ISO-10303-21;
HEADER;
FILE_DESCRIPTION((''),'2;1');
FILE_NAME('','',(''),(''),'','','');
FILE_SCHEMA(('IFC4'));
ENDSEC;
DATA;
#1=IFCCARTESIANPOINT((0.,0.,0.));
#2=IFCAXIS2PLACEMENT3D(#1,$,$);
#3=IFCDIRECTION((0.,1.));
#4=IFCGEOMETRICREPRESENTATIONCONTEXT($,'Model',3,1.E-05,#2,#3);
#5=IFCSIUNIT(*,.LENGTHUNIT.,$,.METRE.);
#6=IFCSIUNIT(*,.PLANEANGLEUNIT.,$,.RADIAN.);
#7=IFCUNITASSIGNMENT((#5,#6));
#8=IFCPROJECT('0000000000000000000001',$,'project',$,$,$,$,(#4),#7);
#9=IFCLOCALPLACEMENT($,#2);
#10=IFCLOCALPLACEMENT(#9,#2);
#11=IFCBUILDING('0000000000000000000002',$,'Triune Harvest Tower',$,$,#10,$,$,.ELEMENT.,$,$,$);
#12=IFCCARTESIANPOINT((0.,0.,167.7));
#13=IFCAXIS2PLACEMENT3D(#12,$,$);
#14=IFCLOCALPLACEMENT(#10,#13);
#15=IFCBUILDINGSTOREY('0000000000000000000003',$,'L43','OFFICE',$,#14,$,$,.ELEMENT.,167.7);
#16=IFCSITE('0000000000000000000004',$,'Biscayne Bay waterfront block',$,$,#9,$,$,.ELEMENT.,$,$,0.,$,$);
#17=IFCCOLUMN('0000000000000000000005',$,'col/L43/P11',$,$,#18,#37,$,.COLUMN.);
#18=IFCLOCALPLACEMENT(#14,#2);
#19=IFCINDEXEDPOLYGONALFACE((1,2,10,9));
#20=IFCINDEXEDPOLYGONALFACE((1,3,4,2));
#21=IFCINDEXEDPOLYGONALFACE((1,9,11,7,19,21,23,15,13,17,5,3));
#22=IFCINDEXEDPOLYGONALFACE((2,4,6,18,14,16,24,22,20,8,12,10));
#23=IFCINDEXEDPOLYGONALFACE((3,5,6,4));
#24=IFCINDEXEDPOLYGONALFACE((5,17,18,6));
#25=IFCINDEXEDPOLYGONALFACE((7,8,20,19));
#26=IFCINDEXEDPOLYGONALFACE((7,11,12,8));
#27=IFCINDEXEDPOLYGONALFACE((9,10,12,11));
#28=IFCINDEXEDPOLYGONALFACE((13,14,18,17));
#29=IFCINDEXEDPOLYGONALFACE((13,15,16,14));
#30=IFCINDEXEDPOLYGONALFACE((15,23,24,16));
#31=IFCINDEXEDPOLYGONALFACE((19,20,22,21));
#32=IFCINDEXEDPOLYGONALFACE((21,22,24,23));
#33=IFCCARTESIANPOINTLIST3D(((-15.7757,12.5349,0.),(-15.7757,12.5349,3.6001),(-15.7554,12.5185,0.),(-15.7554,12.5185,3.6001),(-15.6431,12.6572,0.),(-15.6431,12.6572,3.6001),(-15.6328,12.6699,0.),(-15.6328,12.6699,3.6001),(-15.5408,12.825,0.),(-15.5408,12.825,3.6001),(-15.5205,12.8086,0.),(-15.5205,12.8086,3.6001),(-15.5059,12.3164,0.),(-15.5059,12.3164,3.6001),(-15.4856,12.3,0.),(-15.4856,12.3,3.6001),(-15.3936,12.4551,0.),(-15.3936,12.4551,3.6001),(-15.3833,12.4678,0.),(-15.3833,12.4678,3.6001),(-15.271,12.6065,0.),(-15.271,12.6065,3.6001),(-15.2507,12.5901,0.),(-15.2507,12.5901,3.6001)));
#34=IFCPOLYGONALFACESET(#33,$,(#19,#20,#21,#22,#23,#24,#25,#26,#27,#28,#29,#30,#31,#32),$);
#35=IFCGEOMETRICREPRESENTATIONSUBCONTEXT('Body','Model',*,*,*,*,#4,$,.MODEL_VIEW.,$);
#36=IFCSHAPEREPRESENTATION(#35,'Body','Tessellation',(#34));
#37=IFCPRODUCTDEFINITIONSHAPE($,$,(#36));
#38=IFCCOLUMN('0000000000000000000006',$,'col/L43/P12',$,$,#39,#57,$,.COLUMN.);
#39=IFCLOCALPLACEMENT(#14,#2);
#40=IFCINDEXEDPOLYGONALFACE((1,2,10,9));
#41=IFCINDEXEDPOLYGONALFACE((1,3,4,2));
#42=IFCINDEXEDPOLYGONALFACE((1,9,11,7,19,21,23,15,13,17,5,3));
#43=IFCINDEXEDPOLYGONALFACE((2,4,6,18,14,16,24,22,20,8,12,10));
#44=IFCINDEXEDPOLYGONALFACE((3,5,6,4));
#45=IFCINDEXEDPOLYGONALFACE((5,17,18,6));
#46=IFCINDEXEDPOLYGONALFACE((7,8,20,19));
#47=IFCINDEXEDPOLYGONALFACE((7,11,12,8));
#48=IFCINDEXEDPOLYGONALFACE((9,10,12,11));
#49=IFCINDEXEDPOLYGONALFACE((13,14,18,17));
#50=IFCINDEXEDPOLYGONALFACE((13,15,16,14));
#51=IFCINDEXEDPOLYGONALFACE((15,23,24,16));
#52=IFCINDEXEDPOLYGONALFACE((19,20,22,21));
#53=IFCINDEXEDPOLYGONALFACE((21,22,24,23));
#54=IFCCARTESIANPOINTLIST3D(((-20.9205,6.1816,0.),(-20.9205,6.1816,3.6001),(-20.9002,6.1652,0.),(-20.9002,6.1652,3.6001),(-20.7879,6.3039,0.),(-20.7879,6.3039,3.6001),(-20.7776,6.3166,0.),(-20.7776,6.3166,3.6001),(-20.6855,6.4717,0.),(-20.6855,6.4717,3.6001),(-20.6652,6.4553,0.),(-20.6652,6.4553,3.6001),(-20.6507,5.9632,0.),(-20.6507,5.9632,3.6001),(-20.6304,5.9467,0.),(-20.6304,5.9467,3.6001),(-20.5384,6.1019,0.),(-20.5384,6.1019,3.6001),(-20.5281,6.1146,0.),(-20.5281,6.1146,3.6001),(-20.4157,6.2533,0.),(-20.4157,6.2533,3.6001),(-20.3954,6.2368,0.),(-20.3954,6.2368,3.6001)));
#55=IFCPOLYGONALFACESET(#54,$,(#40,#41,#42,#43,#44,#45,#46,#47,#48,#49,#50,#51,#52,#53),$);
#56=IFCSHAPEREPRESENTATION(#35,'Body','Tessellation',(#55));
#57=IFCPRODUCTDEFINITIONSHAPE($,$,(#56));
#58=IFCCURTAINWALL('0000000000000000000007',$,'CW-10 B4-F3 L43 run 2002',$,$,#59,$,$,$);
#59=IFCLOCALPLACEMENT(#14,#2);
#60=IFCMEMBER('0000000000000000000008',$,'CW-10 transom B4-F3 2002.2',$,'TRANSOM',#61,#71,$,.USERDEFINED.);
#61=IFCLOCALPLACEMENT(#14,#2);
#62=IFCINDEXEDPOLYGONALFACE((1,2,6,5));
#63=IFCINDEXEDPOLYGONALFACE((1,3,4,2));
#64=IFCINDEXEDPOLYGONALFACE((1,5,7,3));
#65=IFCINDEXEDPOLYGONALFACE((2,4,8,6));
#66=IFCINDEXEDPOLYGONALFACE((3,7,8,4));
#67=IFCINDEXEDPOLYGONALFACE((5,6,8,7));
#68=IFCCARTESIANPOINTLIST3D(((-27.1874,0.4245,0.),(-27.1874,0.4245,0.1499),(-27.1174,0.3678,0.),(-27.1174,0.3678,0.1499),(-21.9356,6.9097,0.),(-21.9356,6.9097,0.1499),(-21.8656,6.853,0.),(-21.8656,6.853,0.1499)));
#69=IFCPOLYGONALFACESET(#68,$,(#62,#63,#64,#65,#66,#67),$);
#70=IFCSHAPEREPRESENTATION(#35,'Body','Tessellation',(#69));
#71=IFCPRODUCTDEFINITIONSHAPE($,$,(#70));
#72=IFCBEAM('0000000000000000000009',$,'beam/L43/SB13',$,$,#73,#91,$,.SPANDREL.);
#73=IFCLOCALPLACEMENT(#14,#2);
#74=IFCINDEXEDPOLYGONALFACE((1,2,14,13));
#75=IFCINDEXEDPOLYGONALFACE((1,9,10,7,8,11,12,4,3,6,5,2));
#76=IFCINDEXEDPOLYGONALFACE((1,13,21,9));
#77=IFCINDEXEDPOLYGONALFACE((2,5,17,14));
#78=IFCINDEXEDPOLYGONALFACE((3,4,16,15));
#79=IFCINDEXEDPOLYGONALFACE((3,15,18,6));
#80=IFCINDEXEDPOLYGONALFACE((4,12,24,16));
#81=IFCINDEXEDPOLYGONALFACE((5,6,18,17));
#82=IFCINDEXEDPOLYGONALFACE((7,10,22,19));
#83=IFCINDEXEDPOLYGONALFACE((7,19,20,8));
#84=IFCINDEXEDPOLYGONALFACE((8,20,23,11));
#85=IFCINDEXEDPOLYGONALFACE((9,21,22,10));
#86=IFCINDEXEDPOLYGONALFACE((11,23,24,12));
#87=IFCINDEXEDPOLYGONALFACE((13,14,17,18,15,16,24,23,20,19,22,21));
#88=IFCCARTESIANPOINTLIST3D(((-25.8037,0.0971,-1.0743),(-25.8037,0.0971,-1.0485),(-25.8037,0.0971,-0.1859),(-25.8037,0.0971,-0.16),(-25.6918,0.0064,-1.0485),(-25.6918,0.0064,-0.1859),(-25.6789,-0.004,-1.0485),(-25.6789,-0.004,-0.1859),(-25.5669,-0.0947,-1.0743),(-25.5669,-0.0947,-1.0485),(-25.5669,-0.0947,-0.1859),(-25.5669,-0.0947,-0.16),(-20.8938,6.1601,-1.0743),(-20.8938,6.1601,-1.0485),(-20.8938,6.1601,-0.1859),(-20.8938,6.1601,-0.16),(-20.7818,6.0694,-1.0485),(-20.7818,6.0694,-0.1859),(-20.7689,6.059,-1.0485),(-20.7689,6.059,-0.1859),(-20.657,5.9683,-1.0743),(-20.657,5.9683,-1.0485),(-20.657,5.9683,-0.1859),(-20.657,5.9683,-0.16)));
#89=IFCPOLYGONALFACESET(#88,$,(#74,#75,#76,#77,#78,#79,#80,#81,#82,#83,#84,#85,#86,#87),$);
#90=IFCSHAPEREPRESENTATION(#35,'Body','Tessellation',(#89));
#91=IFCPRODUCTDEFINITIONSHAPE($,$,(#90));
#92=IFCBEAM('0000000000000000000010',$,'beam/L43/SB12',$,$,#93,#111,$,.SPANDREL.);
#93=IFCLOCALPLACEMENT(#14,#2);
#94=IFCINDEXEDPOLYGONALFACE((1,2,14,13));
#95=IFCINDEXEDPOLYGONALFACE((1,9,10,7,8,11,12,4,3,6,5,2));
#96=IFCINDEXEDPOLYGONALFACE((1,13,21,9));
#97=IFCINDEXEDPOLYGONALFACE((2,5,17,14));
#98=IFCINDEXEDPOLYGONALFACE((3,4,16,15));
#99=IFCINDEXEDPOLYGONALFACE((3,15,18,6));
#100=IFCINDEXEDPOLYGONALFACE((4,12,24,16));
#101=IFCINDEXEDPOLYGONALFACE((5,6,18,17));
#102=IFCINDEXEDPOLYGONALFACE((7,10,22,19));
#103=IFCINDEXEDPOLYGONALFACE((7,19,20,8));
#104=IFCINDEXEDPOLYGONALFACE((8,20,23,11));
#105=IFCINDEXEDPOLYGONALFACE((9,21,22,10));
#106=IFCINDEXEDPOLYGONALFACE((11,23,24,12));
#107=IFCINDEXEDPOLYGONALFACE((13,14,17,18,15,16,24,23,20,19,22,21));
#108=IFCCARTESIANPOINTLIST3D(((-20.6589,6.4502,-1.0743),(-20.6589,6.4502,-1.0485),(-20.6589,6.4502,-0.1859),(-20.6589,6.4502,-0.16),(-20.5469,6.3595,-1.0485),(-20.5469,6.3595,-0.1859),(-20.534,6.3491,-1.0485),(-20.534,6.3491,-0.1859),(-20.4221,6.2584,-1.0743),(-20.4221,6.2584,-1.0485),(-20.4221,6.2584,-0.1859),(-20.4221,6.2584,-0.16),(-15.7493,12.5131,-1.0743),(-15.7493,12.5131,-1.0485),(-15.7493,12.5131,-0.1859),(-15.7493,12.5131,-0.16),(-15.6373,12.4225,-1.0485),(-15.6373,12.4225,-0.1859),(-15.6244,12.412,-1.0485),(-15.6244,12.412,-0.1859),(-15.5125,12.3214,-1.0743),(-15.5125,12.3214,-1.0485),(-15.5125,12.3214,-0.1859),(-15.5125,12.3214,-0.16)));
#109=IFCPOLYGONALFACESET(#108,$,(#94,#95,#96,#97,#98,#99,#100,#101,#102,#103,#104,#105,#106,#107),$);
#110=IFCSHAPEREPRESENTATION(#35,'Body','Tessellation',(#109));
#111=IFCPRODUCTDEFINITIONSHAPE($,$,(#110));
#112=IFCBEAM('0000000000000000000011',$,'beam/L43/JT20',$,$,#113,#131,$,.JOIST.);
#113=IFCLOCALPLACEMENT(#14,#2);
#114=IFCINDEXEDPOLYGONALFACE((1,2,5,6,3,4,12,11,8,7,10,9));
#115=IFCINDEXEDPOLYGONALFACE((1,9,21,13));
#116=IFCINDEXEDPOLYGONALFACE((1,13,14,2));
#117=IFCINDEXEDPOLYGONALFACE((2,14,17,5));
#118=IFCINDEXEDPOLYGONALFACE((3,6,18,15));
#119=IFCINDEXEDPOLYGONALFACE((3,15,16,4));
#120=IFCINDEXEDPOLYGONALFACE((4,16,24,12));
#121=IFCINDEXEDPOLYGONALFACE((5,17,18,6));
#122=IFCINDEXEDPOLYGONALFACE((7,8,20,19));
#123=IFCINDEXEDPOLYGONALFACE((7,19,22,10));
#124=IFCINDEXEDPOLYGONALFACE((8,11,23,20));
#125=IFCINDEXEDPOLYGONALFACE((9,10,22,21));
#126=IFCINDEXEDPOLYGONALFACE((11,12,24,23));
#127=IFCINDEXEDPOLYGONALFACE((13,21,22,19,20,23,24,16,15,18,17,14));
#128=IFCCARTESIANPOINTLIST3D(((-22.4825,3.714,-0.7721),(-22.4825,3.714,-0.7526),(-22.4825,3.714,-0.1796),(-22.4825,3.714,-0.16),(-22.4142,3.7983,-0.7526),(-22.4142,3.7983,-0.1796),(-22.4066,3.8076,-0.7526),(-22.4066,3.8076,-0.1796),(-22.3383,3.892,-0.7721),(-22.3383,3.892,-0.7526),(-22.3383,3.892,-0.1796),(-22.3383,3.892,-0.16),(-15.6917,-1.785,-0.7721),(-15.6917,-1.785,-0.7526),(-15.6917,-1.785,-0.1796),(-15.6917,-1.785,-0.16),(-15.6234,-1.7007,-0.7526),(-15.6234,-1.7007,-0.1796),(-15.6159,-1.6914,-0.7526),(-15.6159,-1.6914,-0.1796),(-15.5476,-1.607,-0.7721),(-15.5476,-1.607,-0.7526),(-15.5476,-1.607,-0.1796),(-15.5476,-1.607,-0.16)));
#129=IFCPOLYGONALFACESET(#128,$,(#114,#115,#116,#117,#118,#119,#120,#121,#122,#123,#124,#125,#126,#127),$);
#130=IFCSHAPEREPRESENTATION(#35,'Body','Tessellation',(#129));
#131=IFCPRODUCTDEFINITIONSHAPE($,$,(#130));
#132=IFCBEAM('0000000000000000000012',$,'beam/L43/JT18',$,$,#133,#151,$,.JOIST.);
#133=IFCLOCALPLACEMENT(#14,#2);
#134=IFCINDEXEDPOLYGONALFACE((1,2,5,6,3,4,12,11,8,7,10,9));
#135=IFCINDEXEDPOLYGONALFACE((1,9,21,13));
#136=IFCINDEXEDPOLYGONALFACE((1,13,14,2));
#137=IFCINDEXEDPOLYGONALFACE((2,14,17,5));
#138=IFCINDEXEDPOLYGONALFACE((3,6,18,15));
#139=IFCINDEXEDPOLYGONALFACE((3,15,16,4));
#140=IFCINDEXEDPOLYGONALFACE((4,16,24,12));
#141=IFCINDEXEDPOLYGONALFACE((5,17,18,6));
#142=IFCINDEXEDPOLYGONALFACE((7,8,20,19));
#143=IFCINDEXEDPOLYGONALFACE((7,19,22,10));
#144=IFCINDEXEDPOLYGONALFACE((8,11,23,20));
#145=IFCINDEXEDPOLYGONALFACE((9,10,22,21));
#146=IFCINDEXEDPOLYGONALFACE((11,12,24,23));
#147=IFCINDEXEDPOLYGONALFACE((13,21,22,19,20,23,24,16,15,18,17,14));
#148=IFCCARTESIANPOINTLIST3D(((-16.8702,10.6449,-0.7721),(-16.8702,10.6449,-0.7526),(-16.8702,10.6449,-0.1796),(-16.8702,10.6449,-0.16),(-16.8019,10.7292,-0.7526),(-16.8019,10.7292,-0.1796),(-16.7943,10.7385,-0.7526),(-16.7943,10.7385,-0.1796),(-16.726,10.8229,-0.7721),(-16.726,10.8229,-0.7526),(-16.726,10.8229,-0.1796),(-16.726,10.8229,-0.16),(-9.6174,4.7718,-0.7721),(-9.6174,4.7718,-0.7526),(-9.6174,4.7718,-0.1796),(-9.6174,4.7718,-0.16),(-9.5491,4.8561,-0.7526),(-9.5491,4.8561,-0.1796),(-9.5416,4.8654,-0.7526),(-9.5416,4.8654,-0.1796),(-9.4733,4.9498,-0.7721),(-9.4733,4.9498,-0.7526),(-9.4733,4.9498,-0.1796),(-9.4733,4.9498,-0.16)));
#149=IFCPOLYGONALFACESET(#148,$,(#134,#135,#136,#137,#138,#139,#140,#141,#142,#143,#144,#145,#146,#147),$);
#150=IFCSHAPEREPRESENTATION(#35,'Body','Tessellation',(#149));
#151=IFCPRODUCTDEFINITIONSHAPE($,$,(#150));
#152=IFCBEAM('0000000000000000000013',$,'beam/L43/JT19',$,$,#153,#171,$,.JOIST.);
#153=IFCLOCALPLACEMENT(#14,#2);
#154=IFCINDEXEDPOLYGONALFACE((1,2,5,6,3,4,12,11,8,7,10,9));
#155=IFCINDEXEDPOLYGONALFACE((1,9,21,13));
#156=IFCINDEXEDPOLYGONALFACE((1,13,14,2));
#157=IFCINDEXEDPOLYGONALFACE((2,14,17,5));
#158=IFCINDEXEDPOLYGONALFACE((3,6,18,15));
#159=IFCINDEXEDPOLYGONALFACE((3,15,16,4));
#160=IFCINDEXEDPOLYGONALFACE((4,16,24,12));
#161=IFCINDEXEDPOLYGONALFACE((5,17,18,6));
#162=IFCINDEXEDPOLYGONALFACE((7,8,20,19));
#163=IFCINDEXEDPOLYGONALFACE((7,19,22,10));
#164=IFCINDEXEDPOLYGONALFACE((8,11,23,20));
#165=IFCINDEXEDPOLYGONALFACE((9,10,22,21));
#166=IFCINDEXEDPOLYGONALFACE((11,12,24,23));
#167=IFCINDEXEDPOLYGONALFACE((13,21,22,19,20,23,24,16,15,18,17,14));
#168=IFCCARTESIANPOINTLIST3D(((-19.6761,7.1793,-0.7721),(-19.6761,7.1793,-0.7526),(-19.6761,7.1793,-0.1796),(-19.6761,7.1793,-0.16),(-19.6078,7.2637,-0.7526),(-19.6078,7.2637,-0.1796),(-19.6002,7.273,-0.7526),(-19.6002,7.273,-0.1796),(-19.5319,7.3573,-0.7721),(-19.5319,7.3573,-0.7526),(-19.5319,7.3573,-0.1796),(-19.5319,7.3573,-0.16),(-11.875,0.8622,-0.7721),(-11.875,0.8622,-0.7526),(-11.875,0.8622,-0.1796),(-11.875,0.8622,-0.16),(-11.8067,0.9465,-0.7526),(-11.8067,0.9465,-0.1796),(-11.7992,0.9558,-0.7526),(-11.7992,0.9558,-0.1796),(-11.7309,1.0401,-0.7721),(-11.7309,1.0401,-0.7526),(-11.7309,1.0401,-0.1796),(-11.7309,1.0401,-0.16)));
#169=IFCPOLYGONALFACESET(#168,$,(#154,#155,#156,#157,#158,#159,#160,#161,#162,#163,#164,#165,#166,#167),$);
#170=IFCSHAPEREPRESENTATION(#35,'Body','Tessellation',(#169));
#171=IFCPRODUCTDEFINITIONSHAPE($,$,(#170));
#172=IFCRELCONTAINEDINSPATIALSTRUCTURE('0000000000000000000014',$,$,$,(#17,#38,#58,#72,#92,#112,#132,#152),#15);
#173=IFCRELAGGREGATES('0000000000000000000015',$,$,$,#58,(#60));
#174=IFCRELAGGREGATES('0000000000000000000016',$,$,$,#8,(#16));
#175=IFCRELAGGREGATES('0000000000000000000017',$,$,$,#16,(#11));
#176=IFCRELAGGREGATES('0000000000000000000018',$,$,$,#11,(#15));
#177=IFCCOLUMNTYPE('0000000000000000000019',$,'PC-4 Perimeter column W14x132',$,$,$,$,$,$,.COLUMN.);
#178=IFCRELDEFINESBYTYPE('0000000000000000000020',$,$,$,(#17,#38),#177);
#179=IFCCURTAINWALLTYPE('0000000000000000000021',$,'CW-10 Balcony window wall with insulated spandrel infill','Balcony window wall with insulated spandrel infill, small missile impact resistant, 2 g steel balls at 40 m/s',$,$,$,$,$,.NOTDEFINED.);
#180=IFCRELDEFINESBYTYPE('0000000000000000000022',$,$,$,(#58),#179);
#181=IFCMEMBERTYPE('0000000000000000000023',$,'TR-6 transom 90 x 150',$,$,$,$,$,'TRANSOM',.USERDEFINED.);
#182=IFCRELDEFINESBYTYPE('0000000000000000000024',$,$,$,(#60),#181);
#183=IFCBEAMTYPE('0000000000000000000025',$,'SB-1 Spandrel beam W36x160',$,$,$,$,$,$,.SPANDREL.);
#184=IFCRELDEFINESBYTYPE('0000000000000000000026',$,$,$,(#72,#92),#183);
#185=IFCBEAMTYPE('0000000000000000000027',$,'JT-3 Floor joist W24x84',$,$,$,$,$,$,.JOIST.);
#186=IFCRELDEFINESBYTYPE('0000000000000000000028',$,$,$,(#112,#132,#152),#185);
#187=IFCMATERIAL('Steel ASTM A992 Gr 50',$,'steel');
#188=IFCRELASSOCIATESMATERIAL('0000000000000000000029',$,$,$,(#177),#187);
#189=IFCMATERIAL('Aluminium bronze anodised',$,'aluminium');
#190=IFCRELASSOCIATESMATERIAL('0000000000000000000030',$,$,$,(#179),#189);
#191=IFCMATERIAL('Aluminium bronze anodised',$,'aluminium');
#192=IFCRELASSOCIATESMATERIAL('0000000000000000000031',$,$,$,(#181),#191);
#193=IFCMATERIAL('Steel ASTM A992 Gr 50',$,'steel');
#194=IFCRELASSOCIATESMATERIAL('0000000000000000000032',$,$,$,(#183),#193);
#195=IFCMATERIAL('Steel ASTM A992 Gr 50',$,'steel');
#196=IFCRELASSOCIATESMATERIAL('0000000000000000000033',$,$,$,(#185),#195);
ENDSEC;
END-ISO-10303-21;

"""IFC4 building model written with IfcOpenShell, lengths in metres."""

from ifc_helpers import new_model, si_unit, direction, frame, origin, origin_2d, place, context, subcontext, project, spatial, rectangle, i_section, extrude, source, transform, mapped, material, material_profile, profile_set, type_object, element, aggregate, save


model = new_model("IFC4")

# Units and contexts
model_context = context("Model", 3, precision=1e-05, world=origin(), true_north=direction((0.0, 1.0)))
body_context = subcontext(model_context, "Body", "Model", "MODEL_VIEW")
ifc_project = project(units=[si_unit("LENGTHUNIT", "METRE"), si_unit("PLANEANGLEUNIT", "RADIAN")], contexts=[model_context])

# Site, building, storey
site_placement = place(None, origin())
site = spatial("IfcSite", under=ifc_project, at=site_placement, Name="Biscayne Bay waterfront block", CompositionType="ELEMENT", RefElevation=0.0)
building_placement = place(site_placement, origin())
building = spatial("IfcBuilding", under=site, at=building_placement, Name="Triune Harvest Tower", CompositionType="ELEMENT")
storey_placement = place(building_placement, frame((0.0, 0.0, 167.7)))
storey = spatial("IfcBuildingStorey", under=building, at=storey_placement, Name="L43", Description="OFFICE", CompositionType="ELEMENT", Elevation=167.7)

# Columns
ifc_material_1 = material(Name="Steel ASTM A992 Gr 50", Category="steel")
ifc_material_profile_1 = material_profile(ifc_material_1, i_section(OverallWidth=0.3733, OverallDepth=0.3733, WebThickness=0.0164, FlangeThickness=0.0261, at=origin_2d()), Name="W14x132")
ifc_profile_set_1 = profile_set([ifc_material_profile_1], Name="Steel ASTM A992 Gr 50")
column_type = type_object("IfcColumnType", Name="PC-4 Perimeter column W14x132", PredefinedType="COLUMN", material=ifc_profile_set_1)
shared_shape_1 = source(origin(), body_context, "Body", "SweptSolid", [
    extrude(i_section(OverallWidth=0.3733, OverallDepth=0.3733, WebThickness=0.0164, FlangeThickness=0.0261, at=origin_2d()), origin(), (0.0, 0.0, 1.0), 3.6001),
])
for number, where, z_axis, x_axis, name in (
    (1, (-15.5132, 12.5625, 0.0), (0.0, 0.0, 1.0), (-0.629322, -0.777145, 0.0), "col/L43/P11"),
    (2, (-20.658, 6.2092, 0.0), (0.0, 0.0, 1.0), (-0.629322, -0.777145, 0.0), "col/L43/P12"),
):
    element("IfcColumn", number, at=place(storey_placement, frame(where, z_axis=z_axis, x_axis=x_axis)), inside=storey, type_object=column_type, Name=name, PredefinedType="COLUMN", context=body_context, shape_type="MappedRepresentation", body=[
        mapped(shared_shape_1, transform((0.0, 0.0, 0.0), scale=1.0)),
    ])

# Curtain wall, member
ifc_material_2 = material(Name="Aluminium bronze anodised", Category="aluminium")
curtain_wall_type = type_object("IfcCurtainWallType", Name="CW-10 Balcony window wall with insulated spandrel infill", Description="Balcony window wall with insulated spandrel infill, small missile impact resistant, 2 g steel balls at 40 m/s", PredefinedType="NOTDEFINED", material=ifc_material_2)
curtain_wall_placement = place(storey_placement, origin())
curtain_wall = element("IfcCurtainWall", 3, at=curtain_wall_placement, inside=storey, type_object=curtain_wall_type, Name="CW-10 B4-F3 L43 run 2002")
ifc_material_3 = material(Name="Aluminium bronze anodised", Category="aluminium")
ifc_material_profile_2 = material_profile(ifc_material_3, rectangle(XDim=0.0901, YDim=0.1499, at=origin_2d()), Name="TR-6 transom 90 x 150")
ifc_profile_set_2 = profile_set([ifc_material_profile_2], Name="Aluminium bronze anodised")
member_type_1 = type_object("IfcMemberType", Name="TR-6 transom 90 x 150", ElementType="TRANSOM", PredefinedType="USERDEFINED", material=ifc_profile_set_2)
member_1_placement = place(storey_placement, frame((-21.9006, 6.8813, 0.075), z_axis=(-0.629333, -0.777136, 0.0), x_axis=(0.777136, -0.629333, 0.0)))
member_1 = element("IfcMember", 4, at=member_1_placement, type_object=member_type_1, Name="CW-10 transom B4-F3 2002.2", ObjectType="TRANSOM", PredefinedType="USERDEFINED", context=body_context, shape_type="SweptSolid", body=[
    extrude(rectangle(XDim=0.0901, YDim=0.1499, at=origin_2d()), origin(), (0.0, 0.0, 1.0), 8.345),
])

# Beams
ifc_material_4 = material(Name="Steel ASTM A992 Gr 50", Category="steel")
ifc_material_profile_3 = material_profile(ifc_material_4, i_section(OverallWidth=0.3047, OverallDepth=0.9143, WebThickness=0.0166, FlangeThickness=0.0259, at=origin_2d()), Name="W36x160")
ifc_profile_set_3 = profile_set([ifc_material_profile_3], Name="Steel ASTM A992 Gr 50")
beam_type_1 = type_object("IfcBeamType", Name="SB-1 Spandrel beam W36x160", PredefinedType="SPANDREL", material=ifc_profile_set_3)
shared_shape_2 = source(origin(), body_context, "Body", "SweptSolid", [
    extrude(i_section(OverallWidth=0.3047, OverallDepth=0.9143, WebThickness=0.0166, FlangeThickness=0.0259, at=origin_2d()), origin(), (0.0, 0.0, 1.0), 7.8018),
])
beam_1_placement = place(storey_placement, frame((-20.7754, 6.0642, -0.6172), z_axis=(-0.629336, -0.777133, 0.0), x_axis=(0.777133, -0.629336, 0.0)))
element("IfcBeam", 5, at=beam_1_placement, inside=storey, type_object=beam_type_1, Name="beam/L43/SB13", PredefinedType="SPANDREL", context=body_context, shape_type="MappedRepresentation", body=[
    mapped(shared_shape_2, transform((0.0, 0.0, 0.0), scale=1.0)),
])
shared_shape_3 = source(origin(), body_context, "Body", "SweptSolid", [
    extrude(i_section(OverallWidth=0.3047, OverallDepth=0.9143, WebThickness=0.0166, FlangeThickness=0.0259, at=origin_2d()), origin(), (0.0, 0.0, 1.0), 7.8015),
])
beam_2_placement = place(storey_placement, frame((-15.6309, 12.4172, -0.6172), z_axis=(-0.629317, -0.777149, 0.0), x_axis=(0.777149, -0.629317, 0.0)))
element("IfcBeam", 6, at=beam_2_placement, inside=storey, type_object=beam_type_1, Name="beam/L43/SB12", PredefinedType="SPANDREL", context=body_context, shape_type="MappedRepresentation", body=[
    mapped(shared_shape_3, transform((0.0, 0.0, 0.0), scale=1.0)),
])
ifc_material_5 = material(Name="Steel ASTM A992 Gr 50", Category="steel")
ifc_material_profile_4 = material_profile(ifc_material_5, i_section(OverallWidth=0.229, OverallDepth=0.6121, WebThickness=0.012, FlangeThickness=0.0195, at=origin_2d()), Name="W24x84")
ifc_profile_set_4 = profile_set([ifc_material_profile_4], Name="Steel ASTM A992 Gr 50")
beam_type_2 = type_object("IfcBeamType", Name="JT-3 Floor joist W24x84", PredefinedType="JOIST", material=ifc_profile_set_4)
shared_shape_4 = source(origin(), body_context, "Body", "SweptSolid", [
    extrude(i_section(OverallWidth=0.229, OverallDepth=0.6121, WebThickness=0.012, FlangeThickness=0.0195, at=origin_2d()), origin(), (0.0, 0.0, 1.0), 8.738),
])
beam_3_placement = place(storey_placement, frame((-22.4104, 3.803, -0.4661), z_axis=(0.777148, -0.629318, 0.0), x_axis=(0.629318, 0.777148, 0.0)))
element("IfcBeam", 7, at=beam_3_placement, inside=storey, type_object=beam_type_2, Name="beam/L43/JT20", PredefinedType="JOIST", context=body_context, shape_type="MappedRepresentation", body=[
    mapped(shared_shape_4, transform((0.0, 0.0, 0.0), scale=1.0)),
])
shared_shape_5 = source(origin(), body_context, "Body", "SweptSolid", [
    extrude(i_section(OverallWidth=0.229, OverallDepth=0.6121, WebThickness=0.012, FlangeThickness=0.0195, at=origin_2d()), origin(), (0.0, 0.0, 1.0), 9.3325),
])
beam_4_placement = place(storey_placement, frame((-16.7981, 10.7339, -0.4661), z_axis=(0.777149, -0.629316, 0.0), x_axis=(0.629316, 0.777149, 0.0)))
element("IfcBeam", 8, at=beam_4_placement, inside=storey, type_object=beam_type_2, Name="beam/L43/JT18", PredefinedType="JOIST", context=body_context, shape_type="MappedRepresentation", body=[
    mapped(shared_shape_5, transform((0.0, 0.0, 0.0), scale=1.0)),
])
shared_shape_6 = source(origin(), body_context, "Body", "SweptSolid", [
    extrude(i_section(OverallWidth=0.229, OverallDepth=0.6121, WebThickness=0.012, FlangeThickness=0.0195, at=origin_2d()), origin(), (0.0, 0.0, 1.0), 10.0381),
])
beam_5_placement = place(storey_placement, frame((-19.604, 7.2683, -0.4661), z_axis=(0.777146, -0.62932, 0.0), x_axis=(0.62932, 0.777146, 0.0)))
element("IfcBeam", 9, at=beam_5_placement, inside=storey, type_object=beam_type_2, Name="beam/L43/JT19", PredefinedType="JOIST", context=body_context, shape_type="MappedRepresentation", body=[
    mapped(shared_shape_6, transform((0.0, 0.0, 0.0), scale=1.0)),
])

aggregate(curtain_wall, [member_1])

save(model, "model.ifc")
